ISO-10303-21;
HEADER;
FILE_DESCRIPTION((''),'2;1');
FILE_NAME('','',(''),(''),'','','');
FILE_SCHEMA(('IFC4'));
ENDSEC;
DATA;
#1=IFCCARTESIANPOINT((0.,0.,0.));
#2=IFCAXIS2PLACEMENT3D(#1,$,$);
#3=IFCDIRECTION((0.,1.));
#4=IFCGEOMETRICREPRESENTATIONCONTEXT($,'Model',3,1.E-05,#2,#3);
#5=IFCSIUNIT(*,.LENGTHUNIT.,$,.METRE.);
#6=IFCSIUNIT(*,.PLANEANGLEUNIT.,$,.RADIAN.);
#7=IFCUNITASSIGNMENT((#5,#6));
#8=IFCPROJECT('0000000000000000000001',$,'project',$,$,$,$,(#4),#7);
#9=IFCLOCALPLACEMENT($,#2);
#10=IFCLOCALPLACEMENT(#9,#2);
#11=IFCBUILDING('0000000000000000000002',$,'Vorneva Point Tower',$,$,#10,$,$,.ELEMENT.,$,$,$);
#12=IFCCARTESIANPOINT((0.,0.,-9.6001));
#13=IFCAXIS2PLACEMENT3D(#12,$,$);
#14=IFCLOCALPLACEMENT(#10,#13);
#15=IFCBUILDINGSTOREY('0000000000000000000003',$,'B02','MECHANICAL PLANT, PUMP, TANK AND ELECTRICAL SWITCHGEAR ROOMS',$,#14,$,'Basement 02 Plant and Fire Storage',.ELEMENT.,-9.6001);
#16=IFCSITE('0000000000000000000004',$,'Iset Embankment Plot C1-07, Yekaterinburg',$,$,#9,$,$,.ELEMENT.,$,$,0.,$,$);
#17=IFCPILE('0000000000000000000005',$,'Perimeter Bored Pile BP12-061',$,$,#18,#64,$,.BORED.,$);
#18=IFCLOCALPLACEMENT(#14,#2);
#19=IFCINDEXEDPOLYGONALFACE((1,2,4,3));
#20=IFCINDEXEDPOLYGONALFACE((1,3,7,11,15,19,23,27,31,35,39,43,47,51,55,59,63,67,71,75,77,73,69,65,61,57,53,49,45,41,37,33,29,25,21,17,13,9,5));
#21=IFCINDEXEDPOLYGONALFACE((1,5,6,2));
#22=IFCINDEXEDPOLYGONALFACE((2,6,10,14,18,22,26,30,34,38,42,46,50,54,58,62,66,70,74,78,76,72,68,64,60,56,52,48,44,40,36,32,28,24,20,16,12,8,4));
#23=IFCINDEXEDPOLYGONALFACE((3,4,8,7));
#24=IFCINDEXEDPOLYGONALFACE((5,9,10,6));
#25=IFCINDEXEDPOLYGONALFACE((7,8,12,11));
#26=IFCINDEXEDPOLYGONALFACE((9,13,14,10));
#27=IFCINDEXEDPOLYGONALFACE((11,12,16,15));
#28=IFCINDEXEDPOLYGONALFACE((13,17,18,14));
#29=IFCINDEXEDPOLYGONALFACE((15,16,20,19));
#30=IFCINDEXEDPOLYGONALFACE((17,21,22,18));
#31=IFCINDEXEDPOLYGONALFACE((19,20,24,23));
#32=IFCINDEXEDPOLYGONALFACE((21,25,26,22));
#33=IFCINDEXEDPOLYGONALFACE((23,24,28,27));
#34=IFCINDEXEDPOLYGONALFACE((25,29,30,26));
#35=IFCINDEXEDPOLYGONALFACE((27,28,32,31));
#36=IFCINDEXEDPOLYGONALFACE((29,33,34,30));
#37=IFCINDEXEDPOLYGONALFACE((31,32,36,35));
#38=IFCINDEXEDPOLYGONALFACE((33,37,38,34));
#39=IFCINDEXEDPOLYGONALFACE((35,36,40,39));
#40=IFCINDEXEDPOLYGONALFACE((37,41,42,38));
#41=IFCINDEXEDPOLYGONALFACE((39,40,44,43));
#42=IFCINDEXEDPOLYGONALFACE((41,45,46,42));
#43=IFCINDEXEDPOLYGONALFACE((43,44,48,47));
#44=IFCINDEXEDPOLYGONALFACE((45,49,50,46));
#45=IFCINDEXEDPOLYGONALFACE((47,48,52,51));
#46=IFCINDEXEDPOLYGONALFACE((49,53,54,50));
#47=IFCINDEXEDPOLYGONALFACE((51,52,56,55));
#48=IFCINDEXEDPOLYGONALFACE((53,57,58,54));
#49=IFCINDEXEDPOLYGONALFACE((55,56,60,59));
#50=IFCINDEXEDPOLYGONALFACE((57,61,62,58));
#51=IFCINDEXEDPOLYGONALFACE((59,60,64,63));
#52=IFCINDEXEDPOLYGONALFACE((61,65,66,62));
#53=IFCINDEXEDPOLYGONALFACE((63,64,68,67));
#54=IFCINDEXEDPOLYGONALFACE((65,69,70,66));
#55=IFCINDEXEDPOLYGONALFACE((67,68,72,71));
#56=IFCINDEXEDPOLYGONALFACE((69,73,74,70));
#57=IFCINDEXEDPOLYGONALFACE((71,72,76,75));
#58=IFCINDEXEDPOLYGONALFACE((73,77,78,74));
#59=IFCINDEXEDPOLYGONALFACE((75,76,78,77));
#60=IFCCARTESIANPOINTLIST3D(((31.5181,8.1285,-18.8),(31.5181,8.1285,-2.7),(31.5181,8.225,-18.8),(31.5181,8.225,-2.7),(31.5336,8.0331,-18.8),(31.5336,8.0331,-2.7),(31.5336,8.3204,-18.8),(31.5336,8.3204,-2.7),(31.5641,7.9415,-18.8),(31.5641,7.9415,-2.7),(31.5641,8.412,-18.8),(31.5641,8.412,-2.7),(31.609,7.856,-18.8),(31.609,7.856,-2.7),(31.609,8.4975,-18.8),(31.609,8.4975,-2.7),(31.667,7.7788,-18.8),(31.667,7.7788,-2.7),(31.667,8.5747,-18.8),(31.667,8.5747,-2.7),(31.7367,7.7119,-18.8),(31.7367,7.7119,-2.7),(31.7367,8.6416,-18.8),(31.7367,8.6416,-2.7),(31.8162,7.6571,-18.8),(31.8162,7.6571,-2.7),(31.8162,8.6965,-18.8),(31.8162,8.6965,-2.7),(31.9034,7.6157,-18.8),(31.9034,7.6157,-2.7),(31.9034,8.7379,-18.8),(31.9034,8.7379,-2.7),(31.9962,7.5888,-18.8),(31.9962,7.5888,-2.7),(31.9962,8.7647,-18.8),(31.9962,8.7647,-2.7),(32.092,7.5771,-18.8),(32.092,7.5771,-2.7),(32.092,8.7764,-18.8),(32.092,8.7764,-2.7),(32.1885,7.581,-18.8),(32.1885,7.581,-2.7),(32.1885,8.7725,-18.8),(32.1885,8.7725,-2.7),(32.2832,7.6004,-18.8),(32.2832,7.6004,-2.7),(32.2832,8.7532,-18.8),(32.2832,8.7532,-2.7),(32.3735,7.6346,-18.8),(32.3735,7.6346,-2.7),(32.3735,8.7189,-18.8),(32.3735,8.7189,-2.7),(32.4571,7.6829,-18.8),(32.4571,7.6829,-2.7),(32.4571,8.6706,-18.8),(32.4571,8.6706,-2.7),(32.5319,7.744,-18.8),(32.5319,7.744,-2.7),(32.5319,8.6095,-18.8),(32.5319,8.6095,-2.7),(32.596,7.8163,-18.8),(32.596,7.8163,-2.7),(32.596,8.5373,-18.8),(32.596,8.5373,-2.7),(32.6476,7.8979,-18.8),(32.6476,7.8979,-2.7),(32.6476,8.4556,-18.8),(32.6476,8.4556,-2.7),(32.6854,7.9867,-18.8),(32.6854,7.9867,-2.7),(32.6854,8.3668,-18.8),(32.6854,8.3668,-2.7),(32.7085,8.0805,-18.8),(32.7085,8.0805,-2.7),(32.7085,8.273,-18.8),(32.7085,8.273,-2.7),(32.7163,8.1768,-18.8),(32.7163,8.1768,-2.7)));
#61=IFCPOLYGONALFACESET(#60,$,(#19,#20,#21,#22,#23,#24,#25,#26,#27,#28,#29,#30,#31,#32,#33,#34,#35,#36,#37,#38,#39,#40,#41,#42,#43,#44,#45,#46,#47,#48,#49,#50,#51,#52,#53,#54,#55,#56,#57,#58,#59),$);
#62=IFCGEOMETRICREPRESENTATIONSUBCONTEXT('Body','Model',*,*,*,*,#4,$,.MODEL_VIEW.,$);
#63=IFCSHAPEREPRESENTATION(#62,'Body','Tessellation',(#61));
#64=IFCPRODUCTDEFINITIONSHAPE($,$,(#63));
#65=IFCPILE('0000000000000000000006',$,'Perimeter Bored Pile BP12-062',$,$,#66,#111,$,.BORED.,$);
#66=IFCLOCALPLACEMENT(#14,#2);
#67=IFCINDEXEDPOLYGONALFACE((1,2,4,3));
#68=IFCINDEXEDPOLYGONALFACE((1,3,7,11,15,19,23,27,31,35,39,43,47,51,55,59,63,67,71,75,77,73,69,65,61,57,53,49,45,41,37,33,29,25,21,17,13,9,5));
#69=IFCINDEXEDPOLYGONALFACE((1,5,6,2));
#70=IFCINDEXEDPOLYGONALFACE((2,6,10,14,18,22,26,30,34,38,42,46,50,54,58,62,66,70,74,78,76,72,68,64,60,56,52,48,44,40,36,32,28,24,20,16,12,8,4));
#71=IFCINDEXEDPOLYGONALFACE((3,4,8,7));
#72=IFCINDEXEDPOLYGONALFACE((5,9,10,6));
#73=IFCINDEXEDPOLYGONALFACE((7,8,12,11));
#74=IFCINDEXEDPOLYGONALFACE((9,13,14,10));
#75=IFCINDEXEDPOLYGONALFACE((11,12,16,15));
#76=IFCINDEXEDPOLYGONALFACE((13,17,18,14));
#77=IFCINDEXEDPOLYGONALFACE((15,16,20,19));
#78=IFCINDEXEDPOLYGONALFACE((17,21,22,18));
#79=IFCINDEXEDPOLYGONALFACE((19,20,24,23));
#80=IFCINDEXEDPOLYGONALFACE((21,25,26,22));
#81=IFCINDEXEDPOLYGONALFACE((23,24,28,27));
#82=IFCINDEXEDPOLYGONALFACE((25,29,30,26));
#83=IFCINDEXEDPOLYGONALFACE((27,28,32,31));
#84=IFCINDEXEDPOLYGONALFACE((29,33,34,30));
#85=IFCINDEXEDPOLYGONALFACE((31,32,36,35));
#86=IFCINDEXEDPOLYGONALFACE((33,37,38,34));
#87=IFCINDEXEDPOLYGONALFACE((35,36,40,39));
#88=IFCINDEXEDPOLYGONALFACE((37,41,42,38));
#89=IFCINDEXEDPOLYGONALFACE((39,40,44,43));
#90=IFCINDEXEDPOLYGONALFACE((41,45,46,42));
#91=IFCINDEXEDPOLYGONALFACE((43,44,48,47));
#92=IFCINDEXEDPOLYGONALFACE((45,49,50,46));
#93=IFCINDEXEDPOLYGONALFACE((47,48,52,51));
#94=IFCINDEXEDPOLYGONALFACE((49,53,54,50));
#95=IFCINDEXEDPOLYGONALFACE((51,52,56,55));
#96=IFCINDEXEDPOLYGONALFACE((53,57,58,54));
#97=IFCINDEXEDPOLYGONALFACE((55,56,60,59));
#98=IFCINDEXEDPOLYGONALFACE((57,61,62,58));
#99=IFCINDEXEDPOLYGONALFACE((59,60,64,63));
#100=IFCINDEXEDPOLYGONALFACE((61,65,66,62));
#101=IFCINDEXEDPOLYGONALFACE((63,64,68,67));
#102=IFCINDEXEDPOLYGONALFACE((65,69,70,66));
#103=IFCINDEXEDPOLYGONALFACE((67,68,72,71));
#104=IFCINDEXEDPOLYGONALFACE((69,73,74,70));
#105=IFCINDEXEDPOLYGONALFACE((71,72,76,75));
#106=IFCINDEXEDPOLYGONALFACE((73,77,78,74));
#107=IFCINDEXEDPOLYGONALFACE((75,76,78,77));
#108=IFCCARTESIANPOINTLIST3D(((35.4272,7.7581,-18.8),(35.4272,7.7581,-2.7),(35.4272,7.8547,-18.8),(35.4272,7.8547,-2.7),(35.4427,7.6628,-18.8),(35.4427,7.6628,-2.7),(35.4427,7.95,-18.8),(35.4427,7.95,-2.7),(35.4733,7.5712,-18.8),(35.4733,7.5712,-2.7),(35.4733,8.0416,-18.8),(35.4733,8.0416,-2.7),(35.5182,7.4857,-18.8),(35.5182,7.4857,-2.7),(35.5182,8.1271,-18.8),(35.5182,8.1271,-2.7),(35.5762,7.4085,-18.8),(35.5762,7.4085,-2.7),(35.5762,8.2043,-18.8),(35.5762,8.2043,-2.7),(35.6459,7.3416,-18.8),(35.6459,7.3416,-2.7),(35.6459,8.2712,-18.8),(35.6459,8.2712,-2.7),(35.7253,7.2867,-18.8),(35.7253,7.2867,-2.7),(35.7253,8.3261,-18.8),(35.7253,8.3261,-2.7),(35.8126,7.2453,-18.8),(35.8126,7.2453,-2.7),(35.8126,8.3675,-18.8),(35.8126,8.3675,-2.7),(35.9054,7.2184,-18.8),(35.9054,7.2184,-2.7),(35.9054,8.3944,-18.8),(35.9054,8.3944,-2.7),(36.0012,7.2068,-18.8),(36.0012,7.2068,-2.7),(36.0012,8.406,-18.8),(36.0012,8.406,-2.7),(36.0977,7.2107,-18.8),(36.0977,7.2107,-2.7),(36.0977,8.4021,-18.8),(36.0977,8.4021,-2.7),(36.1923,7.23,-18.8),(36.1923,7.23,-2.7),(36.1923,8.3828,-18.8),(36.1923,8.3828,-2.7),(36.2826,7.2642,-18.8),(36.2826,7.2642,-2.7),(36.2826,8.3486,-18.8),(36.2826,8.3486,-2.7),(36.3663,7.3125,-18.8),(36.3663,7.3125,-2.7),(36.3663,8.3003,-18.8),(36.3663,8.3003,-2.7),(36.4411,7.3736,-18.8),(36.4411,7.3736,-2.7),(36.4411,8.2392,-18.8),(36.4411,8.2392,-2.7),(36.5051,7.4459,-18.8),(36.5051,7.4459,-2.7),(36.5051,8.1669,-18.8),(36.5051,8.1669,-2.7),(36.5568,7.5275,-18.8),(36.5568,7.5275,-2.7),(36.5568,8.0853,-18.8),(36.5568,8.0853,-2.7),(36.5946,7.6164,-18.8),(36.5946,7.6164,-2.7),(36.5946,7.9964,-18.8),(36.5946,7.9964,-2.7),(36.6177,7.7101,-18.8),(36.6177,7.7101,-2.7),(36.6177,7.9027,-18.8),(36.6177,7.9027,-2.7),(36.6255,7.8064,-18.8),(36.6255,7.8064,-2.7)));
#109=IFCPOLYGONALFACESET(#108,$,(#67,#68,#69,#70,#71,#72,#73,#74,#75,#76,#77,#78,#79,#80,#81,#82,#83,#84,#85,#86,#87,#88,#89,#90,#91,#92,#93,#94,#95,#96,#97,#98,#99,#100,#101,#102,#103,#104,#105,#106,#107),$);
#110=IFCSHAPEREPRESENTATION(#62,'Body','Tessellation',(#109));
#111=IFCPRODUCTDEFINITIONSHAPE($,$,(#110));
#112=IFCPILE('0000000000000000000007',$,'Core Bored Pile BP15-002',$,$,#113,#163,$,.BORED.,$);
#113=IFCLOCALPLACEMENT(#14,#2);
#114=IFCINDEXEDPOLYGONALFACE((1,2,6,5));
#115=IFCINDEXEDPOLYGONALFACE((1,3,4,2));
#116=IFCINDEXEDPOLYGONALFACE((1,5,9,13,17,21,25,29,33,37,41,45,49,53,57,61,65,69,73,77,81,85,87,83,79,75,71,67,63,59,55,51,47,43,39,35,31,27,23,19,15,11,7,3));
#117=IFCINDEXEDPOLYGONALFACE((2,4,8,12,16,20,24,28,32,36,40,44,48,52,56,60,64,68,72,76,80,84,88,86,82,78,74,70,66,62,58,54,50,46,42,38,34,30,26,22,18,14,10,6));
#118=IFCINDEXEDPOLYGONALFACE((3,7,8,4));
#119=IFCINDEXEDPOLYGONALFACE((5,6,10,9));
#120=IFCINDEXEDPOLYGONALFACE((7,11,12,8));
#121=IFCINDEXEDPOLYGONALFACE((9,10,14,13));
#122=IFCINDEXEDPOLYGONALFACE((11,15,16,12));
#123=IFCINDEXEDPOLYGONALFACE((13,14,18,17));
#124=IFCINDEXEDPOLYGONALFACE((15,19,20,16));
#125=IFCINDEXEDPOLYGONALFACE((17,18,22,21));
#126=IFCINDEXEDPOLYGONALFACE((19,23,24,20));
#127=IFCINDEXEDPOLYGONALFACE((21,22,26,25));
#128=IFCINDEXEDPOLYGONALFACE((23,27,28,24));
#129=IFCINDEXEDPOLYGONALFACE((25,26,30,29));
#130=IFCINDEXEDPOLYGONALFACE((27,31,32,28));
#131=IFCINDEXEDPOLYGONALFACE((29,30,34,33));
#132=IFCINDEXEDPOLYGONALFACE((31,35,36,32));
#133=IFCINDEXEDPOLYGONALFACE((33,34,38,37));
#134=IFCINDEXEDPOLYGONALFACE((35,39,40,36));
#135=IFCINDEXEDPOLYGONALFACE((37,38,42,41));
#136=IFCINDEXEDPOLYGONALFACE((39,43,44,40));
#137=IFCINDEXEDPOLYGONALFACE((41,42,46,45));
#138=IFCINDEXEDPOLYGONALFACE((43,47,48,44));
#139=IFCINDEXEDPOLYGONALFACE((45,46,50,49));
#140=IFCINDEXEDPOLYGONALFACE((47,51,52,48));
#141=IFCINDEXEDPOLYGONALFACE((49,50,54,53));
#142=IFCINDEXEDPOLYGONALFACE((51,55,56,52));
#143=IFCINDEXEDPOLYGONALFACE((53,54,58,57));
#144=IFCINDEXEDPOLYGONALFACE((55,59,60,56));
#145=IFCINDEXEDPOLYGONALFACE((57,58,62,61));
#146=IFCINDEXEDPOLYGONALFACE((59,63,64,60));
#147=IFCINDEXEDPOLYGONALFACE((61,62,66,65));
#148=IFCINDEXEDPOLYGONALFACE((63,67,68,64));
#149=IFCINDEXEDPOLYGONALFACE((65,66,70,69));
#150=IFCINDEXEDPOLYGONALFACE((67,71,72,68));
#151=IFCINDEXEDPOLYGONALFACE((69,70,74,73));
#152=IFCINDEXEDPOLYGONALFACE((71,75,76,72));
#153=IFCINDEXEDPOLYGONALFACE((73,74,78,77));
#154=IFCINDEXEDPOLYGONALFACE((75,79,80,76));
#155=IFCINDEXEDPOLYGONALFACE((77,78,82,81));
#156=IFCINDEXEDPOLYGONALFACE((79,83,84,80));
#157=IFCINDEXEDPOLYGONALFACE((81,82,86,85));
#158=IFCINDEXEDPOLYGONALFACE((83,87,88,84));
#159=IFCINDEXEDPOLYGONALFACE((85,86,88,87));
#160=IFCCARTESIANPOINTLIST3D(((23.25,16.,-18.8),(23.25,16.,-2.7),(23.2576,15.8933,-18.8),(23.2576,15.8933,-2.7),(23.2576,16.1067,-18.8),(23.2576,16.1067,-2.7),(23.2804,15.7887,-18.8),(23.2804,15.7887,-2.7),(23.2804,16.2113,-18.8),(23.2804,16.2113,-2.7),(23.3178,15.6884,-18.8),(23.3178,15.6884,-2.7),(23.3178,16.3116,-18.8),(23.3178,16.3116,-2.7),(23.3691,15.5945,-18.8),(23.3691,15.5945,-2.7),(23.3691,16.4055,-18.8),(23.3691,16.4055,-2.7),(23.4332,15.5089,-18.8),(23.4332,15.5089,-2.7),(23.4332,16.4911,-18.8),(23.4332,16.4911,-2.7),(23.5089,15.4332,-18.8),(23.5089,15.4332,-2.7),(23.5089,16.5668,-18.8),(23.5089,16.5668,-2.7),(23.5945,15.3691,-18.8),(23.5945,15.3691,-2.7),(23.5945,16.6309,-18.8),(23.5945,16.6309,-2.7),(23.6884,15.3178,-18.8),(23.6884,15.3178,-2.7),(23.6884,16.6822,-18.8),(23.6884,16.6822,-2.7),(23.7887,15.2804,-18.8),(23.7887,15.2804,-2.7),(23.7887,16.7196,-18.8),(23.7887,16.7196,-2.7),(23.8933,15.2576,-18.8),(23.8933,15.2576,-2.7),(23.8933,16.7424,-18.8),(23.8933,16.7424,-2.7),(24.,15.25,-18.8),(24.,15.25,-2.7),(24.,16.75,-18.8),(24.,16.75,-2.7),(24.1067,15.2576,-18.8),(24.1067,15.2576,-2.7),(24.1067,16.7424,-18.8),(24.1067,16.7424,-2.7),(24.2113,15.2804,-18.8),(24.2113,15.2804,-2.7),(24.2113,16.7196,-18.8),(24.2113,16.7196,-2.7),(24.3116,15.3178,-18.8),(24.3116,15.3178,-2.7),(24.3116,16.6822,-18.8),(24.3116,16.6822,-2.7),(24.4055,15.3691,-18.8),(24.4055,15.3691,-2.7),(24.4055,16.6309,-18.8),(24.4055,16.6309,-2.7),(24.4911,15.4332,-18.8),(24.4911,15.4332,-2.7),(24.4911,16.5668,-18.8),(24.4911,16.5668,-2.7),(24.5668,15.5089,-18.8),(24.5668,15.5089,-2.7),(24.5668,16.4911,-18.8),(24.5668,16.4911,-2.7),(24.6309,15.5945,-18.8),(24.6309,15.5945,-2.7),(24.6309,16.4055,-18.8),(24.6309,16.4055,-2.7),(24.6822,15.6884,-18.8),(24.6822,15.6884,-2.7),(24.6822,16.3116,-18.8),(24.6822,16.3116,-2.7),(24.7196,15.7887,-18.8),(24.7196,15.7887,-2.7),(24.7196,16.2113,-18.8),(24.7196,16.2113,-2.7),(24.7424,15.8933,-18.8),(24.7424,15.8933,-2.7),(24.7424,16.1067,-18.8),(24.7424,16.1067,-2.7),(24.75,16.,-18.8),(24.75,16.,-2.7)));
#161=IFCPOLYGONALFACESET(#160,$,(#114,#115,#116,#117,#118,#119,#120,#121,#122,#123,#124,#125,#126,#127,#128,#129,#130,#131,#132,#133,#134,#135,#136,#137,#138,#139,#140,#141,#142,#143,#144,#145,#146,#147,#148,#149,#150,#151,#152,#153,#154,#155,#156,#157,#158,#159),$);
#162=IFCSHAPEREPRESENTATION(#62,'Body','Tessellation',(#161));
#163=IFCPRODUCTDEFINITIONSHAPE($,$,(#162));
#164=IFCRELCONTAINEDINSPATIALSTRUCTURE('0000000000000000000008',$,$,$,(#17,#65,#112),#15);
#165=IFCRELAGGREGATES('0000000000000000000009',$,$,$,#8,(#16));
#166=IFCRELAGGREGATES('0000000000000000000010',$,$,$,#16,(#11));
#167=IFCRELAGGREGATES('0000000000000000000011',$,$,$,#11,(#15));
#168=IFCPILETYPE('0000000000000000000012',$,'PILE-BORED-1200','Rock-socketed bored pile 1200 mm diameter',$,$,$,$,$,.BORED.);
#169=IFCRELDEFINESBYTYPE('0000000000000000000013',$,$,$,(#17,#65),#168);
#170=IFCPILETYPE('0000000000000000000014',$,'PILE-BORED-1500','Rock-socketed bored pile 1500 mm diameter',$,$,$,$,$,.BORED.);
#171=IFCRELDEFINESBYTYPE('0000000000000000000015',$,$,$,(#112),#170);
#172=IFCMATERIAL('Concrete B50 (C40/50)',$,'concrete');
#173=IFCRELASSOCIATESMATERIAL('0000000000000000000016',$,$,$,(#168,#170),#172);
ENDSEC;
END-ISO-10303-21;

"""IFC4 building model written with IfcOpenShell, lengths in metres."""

from ifc_helpers import new_model, si_unit, direction, frame, origin, origin_2d, place, context, subcontext, project, spatial, circle, extrude, material, material_profile, profile_set, type_object, element, save


model = new_model("IFC4")

# Units and contexts
model_context = context("Model", 3, precision=1e-05, world=origin(), true_north=direction((0.0, 1.0)))
body_context = subcontext(model_context, "Body", "Model", "MODEL_VIEW")
ifc_project = project(units=[si_unit("LENGTHUNIT", "METRE"), si_unit("PLANEANGLEUNIT", "RADIAN")], contexts=[model_context])

# Site, building, storey
site_placement = place(None, origin())
site = spatial("IfcSite", under=ifc_project, at=site_placement, Name="Iset Embankment Plot C1-07, Yekaterinburg", CompositionType="ELEMENT", RefElevation=0.0)
building_placement = place(site_placement, origin())
building = spatial("IfcBuilding", under=site, at=building_placement, Name="Vorneva Point Tower", CompositionType="ELEMENT")
storey_placement = place(building_placement, frame((0.0, 0.0, -9.6001)))
storey = spatial("IfcBuildingStorey", under=building, at=storey_placement, Name="B02", Description="MECHANICAL PLANT, PUMP, TANK AND ELECTRICAL SWITCHGEAR ROOMS", LongName="Basement 02 Plant and Fire Storage", CompositionType="ELEMENT", Elevation=-9.6001)

# Piles
ifc_material_1 = material(Name="Concrete B50 (C40/50)", Category="concrete")
ifc_material_profile_1 = material_profile(ifc_material_1, circle(Radius=0.6001, at=origin_2d()), Name="PILE-1200")
ifc_profile_set_1 = profile_set([ifc_material_profile_1], Name="Concrete B50 (C40/50)")
pile_type_1 = type_object("IfcPileType", Name="PILE-BORED-1200", Description="Rock-socketed bored pile 1200 mm diameter", PredefinedType="BORED", material=ifc_profile_set_1)
for number, where, z_axis, x_axis, name in (
    (1, (32.1162, 8.1768, -2.7), (0.0, 0.0, -1.0), (1.0, 0.0, 0.0), "Perimeter Bored Pile BP12-061"),
    (2, (36.0254, 7.8064, -2.7), (0.0, 0.0, -1.0), (1.0, 0.0, 0.0), "Perimeter Bored Pile BP12-062"),
):
    element("IfcPile", number, at=place(storey_placement, frame(where, z_axis=z_axis, x_axis=x_axis)), inside=storey, type_object=pile_type_1, Name=name, PredefinedType="BORED", context=body_context, shape_type="SweptSolid", body=[
        extrude(circle(Radius=0.6001, at=origin_2d()), origin(), (0.0, 0.0, 1.0), 16.1001),
    ])
ifc_material_profile_2 = material_profile(ifc_material_1, circle(Radius=0.75, at=origin_2d()), Name="PILE-1500")
ifc_profile_set_2 = profile_set([ifc_material_profile_2], Name="Concrete B50 (C40/50)")
pile_type_2 = type_object("IfcPileType", Name="PILE-BORED-1500", Description="Rock-socketed bored pile 1500 mm diameter", PredefinedType="BORED", material=ifc_profile_set_2)
for number, where, z_axis, x_axis, name in (
    (3, (24.0, 16.0, -2.7), (0.0, 0.0, -1.0), (1.0, 0.0, 0.0), "Core Bored Pile BP15-002"),
):
    element("IfcPile", number, at=place(storey_placement, frame(where, z_axis=z_axis, x_axis=x_axis)), inside=storey, type_object=pile_type_2, Name=name, PredefinedType="BORED", context=body_context, shape_type="SweptSolid", body=[
        extrude(circle(Radius=0.75, at=origin_2d()), origin(), (0.0, 0.0, 1.0), 16.1001),
    ])

save(model, "model.ifc")
